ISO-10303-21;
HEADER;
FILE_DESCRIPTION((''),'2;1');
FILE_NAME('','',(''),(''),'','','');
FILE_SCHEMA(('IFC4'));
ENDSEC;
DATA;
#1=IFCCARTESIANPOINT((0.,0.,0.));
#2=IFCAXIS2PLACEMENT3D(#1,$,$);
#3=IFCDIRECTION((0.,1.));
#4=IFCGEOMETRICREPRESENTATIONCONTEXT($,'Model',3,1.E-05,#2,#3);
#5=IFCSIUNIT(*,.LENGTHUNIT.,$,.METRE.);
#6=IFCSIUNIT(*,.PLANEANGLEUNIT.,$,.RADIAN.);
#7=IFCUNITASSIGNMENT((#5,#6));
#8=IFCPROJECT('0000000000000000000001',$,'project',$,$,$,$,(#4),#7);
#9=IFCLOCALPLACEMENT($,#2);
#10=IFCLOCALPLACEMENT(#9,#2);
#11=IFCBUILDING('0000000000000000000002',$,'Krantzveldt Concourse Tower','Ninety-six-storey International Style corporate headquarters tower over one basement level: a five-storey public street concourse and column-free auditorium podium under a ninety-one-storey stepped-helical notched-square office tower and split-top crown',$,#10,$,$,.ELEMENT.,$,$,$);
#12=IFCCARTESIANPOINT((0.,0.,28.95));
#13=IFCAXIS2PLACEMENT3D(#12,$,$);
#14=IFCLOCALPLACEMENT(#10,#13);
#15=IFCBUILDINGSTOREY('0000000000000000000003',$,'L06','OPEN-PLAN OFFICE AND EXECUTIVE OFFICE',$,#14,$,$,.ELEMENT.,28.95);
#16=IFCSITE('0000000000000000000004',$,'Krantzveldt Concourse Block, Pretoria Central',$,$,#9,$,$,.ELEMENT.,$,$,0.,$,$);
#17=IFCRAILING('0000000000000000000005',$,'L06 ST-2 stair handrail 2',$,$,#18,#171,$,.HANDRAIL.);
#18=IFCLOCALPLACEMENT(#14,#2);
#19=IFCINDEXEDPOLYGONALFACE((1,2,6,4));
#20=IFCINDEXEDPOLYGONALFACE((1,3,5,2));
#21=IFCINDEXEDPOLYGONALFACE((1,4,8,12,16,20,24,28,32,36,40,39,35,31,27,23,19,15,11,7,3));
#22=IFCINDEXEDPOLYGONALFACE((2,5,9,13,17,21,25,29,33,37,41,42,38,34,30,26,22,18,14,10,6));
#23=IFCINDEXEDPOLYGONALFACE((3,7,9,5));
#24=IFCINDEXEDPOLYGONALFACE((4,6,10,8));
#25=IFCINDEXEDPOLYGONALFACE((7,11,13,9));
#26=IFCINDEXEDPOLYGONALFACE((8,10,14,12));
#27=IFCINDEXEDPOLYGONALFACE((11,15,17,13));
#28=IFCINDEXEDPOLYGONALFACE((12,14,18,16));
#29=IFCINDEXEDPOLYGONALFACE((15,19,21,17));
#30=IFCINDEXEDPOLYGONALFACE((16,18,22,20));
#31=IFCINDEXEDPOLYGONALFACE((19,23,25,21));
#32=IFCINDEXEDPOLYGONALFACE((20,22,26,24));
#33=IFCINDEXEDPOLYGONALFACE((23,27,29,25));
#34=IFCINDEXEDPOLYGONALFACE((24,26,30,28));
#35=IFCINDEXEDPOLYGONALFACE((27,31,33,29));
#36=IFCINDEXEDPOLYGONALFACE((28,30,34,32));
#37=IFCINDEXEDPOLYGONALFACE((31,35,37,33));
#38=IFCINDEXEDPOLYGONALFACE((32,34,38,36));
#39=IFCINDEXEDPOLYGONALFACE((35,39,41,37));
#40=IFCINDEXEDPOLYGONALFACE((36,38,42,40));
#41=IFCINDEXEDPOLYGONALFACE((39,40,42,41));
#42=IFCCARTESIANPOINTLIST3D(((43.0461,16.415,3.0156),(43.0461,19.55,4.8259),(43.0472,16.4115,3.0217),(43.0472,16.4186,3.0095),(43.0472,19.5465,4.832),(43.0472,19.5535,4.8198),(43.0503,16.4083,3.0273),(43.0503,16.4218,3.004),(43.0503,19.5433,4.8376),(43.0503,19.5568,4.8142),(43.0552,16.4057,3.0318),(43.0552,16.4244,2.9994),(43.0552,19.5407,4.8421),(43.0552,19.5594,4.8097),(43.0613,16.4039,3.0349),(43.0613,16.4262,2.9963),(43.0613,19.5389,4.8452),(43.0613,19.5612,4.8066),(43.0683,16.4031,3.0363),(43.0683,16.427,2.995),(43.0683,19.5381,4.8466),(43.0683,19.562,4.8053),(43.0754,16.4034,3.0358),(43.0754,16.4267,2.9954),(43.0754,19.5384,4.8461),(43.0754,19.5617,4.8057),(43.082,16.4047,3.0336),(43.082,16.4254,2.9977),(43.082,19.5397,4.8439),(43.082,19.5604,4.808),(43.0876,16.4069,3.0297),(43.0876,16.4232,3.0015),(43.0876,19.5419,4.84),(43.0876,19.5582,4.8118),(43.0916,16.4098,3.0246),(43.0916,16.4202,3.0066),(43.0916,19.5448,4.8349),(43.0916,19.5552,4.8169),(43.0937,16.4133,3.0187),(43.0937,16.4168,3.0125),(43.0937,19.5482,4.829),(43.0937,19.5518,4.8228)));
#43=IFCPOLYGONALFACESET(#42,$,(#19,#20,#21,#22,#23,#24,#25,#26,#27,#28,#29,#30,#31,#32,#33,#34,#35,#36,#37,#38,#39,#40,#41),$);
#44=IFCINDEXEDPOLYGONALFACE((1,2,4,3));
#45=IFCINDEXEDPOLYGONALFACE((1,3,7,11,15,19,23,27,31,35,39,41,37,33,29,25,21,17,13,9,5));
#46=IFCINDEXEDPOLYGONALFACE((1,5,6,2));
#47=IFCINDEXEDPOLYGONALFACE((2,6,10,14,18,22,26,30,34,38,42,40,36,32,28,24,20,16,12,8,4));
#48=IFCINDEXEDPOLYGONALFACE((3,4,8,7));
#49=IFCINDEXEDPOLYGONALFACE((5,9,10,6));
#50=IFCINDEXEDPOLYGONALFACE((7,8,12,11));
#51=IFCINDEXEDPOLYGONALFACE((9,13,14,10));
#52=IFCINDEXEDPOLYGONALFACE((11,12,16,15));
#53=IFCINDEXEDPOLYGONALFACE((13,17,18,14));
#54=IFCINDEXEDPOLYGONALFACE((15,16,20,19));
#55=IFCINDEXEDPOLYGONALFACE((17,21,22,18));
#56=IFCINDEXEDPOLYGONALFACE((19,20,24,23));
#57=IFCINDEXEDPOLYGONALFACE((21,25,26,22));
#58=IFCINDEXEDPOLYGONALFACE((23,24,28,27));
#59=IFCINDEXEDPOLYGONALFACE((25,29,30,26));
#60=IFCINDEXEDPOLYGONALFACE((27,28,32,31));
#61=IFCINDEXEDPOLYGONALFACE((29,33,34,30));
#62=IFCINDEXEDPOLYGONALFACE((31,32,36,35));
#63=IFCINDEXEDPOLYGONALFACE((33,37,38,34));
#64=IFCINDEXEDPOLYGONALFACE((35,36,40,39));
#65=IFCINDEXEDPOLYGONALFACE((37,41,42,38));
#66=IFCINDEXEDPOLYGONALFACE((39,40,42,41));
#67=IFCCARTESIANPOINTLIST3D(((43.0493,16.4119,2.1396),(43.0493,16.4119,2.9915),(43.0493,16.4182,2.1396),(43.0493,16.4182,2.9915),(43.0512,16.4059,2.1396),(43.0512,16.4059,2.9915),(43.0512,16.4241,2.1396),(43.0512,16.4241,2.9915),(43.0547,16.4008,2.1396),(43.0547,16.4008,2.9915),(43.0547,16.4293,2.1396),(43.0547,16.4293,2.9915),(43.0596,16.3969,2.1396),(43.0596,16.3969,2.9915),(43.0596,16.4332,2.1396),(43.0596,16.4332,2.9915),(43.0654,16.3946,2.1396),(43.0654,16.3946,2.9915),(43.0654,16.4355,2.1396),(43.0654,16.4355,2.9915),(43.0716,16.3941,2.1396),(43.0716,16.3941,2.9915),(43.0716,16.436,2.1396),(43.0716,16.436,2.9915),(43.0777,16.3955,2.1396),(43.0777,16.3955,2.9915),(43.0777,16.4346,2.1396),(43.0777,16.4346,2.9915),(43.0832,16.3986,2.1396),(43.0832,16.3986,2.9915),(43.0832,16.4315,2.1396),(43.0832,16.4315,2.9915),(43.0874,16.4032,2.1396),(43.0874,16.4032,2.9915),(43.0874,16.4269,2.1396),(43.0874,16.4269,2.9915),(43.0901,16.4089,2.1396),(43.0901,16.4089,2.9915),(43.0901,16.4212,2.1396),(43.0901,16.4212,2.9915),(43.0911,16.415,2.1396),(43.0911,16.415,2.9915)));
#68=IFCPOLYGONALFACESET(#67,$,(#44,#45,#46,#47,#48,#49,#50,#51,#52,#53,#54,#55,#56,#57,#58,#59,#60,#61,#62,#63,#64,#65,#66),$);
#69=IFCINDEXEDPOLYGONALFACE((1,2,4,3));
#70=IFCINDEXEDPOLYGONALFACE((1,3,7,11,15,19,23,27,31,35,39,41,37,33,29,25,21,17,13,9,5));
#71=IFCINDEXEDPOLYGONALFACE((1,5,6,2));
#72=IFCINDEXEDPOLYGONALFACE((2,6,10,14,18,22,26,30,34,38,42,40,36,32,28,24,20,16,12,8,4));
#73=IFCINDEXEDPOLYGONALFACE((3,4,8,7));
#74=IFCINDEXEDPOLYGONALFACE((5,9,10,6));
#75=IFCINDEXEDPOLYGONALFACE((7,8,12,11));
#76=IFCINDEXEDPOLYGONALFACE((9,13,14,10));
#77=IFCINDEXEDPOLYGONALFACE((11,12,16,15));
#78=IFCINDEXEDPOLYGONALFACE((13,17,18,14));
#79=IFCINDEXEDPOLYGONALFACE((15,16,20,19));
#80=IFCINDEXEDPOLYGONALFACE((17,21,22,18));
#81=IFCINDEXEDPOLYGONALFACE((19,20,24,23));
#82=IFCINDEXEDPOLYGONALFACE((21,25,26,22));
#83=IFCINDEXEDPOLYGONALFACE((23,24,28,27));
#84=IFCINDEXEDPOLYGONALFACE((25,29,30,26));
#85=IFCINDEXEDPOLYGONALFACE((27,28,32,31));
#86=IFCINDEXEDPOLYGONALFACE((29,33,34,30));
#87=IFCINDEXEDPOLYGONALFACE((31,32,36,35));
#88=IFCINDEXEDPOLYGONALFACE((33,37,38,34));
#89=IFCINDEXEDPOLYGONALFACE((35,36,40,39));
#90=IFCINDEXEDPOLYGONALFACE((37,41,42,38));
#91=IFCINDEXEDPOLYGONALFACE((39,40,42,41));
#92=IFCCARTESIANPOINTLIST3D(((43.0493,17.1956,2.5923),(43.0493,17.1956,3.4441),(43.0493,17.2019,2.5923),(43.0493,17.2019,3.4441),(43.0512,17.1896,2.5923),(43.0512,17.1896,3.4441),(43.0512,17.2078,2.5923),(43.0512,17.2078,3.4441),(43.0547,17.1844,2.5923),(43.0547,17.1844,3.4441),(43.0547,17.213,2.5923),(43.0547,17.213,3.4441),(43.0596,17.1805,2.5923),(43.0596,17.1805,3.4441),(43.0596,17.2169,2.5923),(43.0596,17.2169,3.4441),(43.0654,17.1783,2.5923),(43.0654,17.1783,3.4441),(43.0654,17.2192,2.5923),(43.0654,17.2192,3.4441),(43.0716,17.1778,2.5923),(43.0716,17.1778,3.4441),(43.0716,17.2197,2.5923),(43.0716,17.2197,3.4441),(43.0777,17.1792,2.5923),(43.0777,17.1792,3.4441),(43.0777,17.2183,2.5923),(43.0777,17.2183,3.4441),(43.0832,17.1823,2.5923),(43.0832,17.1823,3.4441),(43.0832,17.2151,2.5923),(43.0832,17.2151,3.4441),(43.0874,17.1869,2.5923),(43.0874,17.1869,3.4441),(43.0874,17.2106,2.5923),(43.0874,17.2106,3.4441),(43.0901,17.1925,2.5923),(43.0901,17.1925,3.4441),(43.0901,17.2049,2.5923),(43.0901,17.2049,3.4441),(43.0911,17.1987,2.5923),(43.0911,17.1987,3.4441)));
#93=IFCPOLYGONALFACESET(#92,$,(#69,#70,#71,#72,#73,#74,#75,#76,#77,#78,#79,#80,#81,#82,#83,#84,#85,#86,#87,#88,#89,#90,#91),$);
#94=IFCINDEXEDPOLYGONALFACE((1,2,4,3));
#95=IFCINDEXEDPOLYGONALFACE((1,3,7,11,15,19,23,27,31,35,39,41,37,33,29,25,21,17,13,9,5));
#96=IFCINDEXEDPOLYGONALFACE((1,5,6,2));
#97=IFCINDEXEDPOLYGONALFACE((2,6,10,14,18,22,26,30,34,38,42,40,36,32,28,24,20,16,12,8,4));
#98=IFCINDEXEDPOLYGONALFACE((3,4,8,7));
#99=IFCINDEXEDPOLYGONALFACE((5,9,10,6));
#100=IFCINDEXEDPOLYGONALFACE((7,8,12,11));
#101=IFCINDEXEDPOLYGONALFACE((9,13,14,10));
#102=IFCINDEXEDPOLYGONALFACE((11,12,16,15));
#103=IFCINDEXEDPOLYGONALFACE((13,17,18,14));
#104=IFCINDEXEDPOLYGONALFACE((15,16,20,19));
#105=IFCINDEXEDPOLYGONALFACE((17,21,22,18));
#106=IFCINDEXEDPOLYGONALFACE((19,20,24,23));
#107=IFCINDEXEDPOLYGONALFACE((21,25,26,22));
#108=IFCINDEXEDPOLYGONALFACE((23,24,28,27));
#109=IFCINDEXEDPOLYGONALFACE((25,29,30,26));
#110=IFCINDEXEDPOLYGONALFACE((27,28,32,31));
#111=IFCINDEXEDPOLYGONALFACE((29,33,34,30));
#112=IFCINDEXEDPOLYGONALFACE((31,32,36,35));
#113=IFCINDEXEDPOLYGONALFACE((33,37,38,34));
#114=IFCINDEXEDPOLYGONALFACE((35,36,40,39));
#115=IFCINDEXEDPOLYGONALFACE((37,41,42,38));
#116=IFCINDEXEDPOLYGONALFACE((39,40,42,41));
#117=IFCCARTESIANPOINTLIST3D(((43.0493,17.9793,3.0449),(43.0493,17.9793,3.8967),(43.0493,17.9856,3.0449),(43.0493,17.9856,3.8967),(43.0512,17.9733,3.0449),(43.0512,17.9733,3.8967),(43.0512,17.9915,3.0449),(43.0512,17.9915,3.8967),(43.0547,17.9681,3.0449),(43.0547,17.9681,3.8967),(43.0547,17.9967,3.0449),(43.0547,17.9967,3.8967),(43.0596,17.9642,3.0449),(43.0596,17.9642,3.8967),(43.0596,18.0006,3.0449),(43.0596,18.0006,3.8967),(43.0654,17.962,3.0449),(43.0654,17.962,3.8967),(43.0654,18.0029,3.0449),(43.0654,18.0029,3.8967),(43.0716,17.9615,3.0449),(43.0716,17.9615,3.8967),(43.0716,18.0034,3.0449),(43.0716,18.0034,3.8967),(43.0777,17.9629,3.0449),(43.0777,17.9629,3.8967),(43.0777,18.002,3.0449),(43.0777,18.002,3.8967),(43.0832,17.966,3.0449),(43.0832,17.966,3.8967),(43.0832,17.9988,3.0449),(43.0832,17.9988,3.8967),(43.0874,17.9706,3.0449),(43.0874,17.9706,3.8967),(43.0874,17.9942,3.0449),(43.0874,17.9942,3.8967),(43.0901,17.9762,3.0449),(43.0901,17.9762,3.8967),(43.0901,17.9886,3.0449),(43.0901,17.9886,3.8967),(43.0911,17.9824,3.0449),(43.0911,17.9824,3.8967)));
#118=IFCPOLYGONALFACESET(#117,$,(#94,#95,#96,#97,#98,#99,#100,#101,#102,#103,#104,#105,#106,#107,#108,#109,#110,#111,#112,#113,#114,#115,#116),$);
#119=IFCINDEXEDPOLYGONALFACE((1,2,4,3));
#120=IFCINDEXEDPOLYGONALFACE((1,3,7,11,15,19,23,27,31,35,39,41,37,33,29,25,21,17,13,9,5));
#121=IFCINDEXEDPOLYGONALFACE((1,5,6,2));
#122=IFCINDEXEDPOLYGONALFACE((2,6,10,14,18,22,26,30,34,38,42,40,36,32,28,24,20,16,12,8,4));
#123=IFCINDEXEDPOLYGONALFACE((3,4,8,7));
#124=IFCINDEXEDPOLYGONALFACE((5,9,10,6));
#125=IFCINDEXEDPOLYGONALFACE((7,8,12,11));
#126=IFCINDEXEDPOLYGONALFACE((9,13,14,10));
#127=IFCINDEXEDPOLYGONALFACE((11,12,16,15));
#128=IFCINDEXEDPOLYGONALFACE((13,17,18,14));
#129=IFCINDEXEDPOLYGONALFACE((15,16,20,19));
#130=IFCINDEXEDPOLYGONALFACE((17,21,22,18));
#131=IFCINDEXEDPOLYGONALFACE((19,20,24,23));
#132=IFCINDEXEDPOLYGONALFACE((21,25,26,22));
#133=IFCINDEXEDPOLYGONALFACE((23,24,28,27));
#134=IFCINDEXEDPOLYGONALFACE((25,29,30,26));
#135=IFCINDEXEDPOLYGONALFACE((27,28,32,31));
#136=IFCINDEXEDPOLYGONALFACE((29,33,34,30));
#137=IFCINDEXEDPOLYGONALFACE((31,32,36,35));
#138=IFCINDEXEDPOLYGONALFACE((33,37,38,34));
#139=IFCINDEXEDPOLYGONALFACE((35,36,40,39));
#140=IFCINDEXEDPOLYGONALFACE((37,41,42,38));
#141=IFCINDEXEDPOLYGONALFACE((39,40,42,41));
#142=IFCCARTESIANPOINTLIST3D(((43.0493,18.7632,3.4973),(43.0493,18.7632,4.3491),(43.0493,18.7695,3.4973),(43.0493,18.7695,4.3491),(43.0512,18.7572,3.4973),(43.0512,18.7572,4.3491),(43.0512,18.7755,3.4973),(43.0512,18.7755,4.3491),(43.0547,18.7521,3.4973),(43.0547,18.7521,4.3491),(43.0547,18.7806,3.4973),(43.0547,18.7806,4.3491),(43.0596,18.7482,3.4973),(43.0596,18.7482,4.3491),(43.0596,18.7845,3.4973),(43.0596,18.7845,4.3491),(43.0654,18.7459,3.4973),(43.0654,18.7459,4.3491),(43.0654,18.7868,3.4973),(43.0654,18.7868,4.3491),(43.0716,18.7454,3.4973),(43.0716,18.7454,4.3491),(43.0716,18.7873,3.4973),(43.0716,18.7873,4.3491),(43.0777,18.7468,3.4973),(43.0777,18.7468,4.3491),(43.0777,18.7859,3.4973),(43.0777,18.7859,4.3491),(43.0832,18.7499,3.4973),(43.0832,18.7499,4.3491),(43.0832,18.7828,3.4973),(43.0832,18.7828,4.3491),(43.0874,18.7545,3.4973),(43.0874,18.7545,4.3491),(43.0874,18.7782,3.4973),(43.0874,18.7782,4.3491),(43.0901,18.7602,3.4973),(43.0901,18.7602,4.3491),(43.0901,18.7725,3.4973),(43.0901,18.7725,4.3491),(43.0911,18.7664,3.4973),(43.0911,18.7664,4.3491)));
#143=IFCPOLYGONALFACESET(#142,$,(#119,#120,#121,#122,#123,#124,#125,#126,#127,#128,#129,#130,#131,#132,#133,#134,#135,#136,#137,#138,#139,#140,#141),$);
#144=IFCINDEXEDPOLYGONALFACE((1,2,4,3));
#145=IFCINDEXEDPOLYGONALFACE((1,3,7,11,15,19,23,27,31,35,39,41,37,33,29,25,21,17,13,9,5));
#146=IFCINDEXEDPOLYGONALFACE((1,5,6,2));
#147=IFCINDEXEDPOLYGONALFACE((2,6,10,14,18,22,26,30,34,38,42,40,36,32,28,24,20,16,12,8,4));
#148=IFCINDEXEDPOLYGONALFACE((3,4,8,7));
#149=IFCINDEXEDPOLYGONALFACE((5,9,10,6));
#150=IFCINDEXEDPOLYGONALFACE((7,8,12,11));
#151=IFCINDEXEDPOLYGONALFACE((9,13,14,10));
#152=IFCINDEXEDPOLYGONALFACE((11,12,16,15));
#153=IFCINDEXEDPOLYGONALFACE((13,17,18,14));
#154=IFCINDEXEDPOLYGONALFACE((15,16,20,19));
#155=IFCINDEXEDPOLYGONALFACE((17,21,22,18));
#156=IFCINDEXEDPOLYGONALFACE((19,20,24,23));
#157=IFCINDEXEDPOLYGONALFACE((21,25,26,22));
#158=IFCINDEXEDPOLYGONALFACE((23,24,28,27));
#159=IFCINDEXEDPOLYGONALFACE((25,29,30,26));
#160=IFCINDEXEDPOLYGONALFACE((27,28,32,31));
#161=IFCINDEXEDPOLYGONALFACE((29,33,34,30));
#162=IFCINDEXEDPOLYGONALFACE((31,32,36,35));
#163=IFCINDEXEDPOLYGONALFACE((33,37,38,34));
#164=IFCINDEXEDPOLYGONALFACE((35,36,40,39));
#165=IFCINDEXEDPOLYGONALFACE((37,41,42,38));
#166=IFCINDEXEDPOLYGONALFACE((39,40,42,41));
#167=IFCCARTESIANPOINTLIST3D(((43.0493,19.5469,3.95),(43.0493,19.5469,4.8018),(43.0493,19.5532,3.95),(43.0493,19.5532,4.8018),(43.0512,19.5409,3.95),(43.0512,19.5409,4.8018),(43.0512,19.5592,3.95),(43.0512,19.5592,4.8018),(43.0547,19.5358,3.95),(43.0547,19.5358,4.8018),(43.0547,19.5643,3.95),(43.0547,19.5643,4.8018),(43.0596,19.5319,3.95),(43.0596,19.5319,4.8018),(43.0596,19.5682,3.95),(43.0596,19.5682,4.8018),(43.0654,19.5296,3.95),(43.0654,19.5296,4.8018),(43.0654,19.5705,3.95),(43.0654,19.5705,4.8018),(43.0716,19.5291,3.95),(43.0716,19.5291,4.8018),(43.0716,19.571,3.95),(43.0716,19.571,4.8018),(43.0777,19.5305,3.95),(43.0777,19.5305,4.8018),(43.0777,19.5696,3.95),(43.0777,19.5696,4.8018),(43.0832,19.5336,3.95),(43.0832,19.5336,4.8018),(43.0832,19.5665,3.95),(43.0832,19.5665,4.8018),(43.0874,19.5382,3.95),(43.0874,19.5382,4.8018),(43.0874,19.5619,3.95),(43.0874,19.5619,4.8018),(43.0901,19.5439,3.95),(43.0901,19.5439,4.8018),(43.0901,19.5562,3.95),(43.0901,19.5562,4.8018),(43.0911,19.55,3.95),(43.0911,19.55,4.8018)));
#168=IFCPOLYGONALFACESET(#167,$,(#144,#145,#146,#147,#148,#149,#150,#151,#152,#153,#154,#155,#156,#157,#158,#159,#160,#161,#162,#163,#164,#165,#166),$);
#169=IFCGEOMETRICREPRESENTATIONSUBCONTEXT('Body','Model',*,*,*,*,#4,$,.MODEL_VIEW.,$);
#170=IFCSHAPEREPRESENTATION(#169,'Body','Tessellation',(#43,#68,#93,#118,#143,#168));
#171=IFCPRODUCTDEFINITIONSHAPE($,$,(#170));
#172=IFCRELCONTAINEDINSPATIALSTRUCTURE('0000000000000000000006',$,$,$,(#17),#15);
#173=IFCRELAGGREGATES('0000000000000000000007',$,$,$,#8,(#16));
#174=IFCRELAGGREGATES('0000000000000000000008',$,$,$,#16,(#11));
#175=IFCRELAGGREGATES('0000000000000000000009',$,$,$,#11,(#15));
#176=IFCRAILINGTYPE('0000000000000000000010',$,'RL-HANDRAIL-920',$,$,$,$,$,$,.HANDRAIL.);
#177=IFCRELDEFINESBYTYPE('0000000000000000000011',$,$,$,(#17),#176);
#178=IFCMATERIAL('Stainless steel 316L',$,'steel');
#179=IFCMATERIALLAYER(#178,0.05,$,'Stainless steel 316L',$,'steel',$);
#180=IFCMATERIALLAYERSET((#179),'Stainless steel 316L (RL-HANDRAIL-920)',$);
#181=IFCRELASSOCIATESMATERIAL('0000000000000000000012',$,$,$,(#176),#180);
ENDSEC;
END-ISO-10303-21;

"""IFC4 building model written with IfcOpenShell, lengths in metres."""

from ifc_helpers import new_model, si_unit, direction, frame, origin, origin_2d, place, context, subcontext, project, spatial, circle, extrude, material, layer, layer_set, type_object, element, save


model = new_model("IFC4")

# Units and contexts
model_context = context("Model", 3, precision=1e-05, world=origin(), true_north=direction((0.0, 1.0)))
body_context = subcontext(model_context, "Body", "Model", "MODEL_VIEW")
ifc_project = project(units=[si_unit("LENGTHUNIT", "METRE"), si_unit("PLANEANGLEUNIT", "RADIAN")], contexts=[model_context])

# Site, building, storey
site_placement = place(None, origin())
site = spatial("IfcSite", under=ifc_project, at=site_placement, Name="Krantzveldt Concourse Block, Pretoria Central", CompositionType="ELEMENT", RefElevation=0.0)
building_placement = place(site_placement, origin())
building = spatial("IfcBuilding", under=site, at=building_placement, Name="Krantzveldt Concourse Tower", Description="Ninety-six-storey International Style corporate headquarters tower over one basement level: a five-storey public street concourse and column-free auditorium podium under a ninety-one-storey stepped-helical notched-square office tower and split-top crown", CompositionType="ELEMENT")
storey_placement = place(building_placement, frame((0.0, 0.0, 28.95)))
storey = spatial("IfcBuildingStorey", under=building, at=storey_placement, Name="L06", Description="OPEN-PLAN OFFICE AND EXECUTIVE OFFICE", CompositionType="ELEMENT", Elevation=28.95)

# Shared definitions
ifc_material_1 = material(Name="Stainless steel 316L", Category="steel")

# Railing
ifc_layer_1 = layer(ifc_material_1, 0.05, Name="Stainless steel 316L", Category="steel")
ifc_layer_set_1 = layer_set([ifc_layer_1], Name="Stainless steel 316L (RL-HANDRAIL-920)")
railing_type_1 = type_object("IfcRailingType", Name="RL-HANDRAIL-920", PredefinedType="HANDRAIL", material=ifc_layer_set_1)
railing_1_placement = place(storey_placement, frame((43.0701, 16.415, 2.1396)))
element("IfcRailing", 1, at=railing_1_placement, inside=storey, type_object=railing_type_1, Name="L06 ST-2 stair handrail 2", PredefinedType="HANDRAIL", context=body_context, shape_type="SweptSolid", body=[
    extrude(circle(Radius=0.0239, at=origin_2d()), frame((0.0, 0.0, 0.876), z_axis=(0.0, 0.865989, 0.500063), x_axis=(-1.0, 0.0, 0.0)), (0.0, 0.0, 1.0), 3.6201),
    extrude(circle(Radius=0.021, at=origin_2d()), origin(), (0.0, 0.0, 1.0), 0.8518),
    extrude(circle(Radius=0.021, at=origin_2d()), frame((0.0, 0.7837, 0.4526)), (0.0, 0.0, 1.0), 0.8518),
    extrude(circle(Radius=0.021, at=origin_2d()), frame((0.0, 1.5674, 0.9053)), (0.0, 0.0, 1.0), 0.8518),
    extrude(circle(Radius=0.021, at=origin_2d()), frame((0.0, 2.3513, 1.3577)), (0.0, 0.0, 1.0), 0.8518),
    extrude(circle(Radius=0.021, at=origin_2d()), frame((0.0, 3.135, 1.8103)), (0.0, 0.0, 1.0), 0.8518),
])

save(model, "model.ifc")
